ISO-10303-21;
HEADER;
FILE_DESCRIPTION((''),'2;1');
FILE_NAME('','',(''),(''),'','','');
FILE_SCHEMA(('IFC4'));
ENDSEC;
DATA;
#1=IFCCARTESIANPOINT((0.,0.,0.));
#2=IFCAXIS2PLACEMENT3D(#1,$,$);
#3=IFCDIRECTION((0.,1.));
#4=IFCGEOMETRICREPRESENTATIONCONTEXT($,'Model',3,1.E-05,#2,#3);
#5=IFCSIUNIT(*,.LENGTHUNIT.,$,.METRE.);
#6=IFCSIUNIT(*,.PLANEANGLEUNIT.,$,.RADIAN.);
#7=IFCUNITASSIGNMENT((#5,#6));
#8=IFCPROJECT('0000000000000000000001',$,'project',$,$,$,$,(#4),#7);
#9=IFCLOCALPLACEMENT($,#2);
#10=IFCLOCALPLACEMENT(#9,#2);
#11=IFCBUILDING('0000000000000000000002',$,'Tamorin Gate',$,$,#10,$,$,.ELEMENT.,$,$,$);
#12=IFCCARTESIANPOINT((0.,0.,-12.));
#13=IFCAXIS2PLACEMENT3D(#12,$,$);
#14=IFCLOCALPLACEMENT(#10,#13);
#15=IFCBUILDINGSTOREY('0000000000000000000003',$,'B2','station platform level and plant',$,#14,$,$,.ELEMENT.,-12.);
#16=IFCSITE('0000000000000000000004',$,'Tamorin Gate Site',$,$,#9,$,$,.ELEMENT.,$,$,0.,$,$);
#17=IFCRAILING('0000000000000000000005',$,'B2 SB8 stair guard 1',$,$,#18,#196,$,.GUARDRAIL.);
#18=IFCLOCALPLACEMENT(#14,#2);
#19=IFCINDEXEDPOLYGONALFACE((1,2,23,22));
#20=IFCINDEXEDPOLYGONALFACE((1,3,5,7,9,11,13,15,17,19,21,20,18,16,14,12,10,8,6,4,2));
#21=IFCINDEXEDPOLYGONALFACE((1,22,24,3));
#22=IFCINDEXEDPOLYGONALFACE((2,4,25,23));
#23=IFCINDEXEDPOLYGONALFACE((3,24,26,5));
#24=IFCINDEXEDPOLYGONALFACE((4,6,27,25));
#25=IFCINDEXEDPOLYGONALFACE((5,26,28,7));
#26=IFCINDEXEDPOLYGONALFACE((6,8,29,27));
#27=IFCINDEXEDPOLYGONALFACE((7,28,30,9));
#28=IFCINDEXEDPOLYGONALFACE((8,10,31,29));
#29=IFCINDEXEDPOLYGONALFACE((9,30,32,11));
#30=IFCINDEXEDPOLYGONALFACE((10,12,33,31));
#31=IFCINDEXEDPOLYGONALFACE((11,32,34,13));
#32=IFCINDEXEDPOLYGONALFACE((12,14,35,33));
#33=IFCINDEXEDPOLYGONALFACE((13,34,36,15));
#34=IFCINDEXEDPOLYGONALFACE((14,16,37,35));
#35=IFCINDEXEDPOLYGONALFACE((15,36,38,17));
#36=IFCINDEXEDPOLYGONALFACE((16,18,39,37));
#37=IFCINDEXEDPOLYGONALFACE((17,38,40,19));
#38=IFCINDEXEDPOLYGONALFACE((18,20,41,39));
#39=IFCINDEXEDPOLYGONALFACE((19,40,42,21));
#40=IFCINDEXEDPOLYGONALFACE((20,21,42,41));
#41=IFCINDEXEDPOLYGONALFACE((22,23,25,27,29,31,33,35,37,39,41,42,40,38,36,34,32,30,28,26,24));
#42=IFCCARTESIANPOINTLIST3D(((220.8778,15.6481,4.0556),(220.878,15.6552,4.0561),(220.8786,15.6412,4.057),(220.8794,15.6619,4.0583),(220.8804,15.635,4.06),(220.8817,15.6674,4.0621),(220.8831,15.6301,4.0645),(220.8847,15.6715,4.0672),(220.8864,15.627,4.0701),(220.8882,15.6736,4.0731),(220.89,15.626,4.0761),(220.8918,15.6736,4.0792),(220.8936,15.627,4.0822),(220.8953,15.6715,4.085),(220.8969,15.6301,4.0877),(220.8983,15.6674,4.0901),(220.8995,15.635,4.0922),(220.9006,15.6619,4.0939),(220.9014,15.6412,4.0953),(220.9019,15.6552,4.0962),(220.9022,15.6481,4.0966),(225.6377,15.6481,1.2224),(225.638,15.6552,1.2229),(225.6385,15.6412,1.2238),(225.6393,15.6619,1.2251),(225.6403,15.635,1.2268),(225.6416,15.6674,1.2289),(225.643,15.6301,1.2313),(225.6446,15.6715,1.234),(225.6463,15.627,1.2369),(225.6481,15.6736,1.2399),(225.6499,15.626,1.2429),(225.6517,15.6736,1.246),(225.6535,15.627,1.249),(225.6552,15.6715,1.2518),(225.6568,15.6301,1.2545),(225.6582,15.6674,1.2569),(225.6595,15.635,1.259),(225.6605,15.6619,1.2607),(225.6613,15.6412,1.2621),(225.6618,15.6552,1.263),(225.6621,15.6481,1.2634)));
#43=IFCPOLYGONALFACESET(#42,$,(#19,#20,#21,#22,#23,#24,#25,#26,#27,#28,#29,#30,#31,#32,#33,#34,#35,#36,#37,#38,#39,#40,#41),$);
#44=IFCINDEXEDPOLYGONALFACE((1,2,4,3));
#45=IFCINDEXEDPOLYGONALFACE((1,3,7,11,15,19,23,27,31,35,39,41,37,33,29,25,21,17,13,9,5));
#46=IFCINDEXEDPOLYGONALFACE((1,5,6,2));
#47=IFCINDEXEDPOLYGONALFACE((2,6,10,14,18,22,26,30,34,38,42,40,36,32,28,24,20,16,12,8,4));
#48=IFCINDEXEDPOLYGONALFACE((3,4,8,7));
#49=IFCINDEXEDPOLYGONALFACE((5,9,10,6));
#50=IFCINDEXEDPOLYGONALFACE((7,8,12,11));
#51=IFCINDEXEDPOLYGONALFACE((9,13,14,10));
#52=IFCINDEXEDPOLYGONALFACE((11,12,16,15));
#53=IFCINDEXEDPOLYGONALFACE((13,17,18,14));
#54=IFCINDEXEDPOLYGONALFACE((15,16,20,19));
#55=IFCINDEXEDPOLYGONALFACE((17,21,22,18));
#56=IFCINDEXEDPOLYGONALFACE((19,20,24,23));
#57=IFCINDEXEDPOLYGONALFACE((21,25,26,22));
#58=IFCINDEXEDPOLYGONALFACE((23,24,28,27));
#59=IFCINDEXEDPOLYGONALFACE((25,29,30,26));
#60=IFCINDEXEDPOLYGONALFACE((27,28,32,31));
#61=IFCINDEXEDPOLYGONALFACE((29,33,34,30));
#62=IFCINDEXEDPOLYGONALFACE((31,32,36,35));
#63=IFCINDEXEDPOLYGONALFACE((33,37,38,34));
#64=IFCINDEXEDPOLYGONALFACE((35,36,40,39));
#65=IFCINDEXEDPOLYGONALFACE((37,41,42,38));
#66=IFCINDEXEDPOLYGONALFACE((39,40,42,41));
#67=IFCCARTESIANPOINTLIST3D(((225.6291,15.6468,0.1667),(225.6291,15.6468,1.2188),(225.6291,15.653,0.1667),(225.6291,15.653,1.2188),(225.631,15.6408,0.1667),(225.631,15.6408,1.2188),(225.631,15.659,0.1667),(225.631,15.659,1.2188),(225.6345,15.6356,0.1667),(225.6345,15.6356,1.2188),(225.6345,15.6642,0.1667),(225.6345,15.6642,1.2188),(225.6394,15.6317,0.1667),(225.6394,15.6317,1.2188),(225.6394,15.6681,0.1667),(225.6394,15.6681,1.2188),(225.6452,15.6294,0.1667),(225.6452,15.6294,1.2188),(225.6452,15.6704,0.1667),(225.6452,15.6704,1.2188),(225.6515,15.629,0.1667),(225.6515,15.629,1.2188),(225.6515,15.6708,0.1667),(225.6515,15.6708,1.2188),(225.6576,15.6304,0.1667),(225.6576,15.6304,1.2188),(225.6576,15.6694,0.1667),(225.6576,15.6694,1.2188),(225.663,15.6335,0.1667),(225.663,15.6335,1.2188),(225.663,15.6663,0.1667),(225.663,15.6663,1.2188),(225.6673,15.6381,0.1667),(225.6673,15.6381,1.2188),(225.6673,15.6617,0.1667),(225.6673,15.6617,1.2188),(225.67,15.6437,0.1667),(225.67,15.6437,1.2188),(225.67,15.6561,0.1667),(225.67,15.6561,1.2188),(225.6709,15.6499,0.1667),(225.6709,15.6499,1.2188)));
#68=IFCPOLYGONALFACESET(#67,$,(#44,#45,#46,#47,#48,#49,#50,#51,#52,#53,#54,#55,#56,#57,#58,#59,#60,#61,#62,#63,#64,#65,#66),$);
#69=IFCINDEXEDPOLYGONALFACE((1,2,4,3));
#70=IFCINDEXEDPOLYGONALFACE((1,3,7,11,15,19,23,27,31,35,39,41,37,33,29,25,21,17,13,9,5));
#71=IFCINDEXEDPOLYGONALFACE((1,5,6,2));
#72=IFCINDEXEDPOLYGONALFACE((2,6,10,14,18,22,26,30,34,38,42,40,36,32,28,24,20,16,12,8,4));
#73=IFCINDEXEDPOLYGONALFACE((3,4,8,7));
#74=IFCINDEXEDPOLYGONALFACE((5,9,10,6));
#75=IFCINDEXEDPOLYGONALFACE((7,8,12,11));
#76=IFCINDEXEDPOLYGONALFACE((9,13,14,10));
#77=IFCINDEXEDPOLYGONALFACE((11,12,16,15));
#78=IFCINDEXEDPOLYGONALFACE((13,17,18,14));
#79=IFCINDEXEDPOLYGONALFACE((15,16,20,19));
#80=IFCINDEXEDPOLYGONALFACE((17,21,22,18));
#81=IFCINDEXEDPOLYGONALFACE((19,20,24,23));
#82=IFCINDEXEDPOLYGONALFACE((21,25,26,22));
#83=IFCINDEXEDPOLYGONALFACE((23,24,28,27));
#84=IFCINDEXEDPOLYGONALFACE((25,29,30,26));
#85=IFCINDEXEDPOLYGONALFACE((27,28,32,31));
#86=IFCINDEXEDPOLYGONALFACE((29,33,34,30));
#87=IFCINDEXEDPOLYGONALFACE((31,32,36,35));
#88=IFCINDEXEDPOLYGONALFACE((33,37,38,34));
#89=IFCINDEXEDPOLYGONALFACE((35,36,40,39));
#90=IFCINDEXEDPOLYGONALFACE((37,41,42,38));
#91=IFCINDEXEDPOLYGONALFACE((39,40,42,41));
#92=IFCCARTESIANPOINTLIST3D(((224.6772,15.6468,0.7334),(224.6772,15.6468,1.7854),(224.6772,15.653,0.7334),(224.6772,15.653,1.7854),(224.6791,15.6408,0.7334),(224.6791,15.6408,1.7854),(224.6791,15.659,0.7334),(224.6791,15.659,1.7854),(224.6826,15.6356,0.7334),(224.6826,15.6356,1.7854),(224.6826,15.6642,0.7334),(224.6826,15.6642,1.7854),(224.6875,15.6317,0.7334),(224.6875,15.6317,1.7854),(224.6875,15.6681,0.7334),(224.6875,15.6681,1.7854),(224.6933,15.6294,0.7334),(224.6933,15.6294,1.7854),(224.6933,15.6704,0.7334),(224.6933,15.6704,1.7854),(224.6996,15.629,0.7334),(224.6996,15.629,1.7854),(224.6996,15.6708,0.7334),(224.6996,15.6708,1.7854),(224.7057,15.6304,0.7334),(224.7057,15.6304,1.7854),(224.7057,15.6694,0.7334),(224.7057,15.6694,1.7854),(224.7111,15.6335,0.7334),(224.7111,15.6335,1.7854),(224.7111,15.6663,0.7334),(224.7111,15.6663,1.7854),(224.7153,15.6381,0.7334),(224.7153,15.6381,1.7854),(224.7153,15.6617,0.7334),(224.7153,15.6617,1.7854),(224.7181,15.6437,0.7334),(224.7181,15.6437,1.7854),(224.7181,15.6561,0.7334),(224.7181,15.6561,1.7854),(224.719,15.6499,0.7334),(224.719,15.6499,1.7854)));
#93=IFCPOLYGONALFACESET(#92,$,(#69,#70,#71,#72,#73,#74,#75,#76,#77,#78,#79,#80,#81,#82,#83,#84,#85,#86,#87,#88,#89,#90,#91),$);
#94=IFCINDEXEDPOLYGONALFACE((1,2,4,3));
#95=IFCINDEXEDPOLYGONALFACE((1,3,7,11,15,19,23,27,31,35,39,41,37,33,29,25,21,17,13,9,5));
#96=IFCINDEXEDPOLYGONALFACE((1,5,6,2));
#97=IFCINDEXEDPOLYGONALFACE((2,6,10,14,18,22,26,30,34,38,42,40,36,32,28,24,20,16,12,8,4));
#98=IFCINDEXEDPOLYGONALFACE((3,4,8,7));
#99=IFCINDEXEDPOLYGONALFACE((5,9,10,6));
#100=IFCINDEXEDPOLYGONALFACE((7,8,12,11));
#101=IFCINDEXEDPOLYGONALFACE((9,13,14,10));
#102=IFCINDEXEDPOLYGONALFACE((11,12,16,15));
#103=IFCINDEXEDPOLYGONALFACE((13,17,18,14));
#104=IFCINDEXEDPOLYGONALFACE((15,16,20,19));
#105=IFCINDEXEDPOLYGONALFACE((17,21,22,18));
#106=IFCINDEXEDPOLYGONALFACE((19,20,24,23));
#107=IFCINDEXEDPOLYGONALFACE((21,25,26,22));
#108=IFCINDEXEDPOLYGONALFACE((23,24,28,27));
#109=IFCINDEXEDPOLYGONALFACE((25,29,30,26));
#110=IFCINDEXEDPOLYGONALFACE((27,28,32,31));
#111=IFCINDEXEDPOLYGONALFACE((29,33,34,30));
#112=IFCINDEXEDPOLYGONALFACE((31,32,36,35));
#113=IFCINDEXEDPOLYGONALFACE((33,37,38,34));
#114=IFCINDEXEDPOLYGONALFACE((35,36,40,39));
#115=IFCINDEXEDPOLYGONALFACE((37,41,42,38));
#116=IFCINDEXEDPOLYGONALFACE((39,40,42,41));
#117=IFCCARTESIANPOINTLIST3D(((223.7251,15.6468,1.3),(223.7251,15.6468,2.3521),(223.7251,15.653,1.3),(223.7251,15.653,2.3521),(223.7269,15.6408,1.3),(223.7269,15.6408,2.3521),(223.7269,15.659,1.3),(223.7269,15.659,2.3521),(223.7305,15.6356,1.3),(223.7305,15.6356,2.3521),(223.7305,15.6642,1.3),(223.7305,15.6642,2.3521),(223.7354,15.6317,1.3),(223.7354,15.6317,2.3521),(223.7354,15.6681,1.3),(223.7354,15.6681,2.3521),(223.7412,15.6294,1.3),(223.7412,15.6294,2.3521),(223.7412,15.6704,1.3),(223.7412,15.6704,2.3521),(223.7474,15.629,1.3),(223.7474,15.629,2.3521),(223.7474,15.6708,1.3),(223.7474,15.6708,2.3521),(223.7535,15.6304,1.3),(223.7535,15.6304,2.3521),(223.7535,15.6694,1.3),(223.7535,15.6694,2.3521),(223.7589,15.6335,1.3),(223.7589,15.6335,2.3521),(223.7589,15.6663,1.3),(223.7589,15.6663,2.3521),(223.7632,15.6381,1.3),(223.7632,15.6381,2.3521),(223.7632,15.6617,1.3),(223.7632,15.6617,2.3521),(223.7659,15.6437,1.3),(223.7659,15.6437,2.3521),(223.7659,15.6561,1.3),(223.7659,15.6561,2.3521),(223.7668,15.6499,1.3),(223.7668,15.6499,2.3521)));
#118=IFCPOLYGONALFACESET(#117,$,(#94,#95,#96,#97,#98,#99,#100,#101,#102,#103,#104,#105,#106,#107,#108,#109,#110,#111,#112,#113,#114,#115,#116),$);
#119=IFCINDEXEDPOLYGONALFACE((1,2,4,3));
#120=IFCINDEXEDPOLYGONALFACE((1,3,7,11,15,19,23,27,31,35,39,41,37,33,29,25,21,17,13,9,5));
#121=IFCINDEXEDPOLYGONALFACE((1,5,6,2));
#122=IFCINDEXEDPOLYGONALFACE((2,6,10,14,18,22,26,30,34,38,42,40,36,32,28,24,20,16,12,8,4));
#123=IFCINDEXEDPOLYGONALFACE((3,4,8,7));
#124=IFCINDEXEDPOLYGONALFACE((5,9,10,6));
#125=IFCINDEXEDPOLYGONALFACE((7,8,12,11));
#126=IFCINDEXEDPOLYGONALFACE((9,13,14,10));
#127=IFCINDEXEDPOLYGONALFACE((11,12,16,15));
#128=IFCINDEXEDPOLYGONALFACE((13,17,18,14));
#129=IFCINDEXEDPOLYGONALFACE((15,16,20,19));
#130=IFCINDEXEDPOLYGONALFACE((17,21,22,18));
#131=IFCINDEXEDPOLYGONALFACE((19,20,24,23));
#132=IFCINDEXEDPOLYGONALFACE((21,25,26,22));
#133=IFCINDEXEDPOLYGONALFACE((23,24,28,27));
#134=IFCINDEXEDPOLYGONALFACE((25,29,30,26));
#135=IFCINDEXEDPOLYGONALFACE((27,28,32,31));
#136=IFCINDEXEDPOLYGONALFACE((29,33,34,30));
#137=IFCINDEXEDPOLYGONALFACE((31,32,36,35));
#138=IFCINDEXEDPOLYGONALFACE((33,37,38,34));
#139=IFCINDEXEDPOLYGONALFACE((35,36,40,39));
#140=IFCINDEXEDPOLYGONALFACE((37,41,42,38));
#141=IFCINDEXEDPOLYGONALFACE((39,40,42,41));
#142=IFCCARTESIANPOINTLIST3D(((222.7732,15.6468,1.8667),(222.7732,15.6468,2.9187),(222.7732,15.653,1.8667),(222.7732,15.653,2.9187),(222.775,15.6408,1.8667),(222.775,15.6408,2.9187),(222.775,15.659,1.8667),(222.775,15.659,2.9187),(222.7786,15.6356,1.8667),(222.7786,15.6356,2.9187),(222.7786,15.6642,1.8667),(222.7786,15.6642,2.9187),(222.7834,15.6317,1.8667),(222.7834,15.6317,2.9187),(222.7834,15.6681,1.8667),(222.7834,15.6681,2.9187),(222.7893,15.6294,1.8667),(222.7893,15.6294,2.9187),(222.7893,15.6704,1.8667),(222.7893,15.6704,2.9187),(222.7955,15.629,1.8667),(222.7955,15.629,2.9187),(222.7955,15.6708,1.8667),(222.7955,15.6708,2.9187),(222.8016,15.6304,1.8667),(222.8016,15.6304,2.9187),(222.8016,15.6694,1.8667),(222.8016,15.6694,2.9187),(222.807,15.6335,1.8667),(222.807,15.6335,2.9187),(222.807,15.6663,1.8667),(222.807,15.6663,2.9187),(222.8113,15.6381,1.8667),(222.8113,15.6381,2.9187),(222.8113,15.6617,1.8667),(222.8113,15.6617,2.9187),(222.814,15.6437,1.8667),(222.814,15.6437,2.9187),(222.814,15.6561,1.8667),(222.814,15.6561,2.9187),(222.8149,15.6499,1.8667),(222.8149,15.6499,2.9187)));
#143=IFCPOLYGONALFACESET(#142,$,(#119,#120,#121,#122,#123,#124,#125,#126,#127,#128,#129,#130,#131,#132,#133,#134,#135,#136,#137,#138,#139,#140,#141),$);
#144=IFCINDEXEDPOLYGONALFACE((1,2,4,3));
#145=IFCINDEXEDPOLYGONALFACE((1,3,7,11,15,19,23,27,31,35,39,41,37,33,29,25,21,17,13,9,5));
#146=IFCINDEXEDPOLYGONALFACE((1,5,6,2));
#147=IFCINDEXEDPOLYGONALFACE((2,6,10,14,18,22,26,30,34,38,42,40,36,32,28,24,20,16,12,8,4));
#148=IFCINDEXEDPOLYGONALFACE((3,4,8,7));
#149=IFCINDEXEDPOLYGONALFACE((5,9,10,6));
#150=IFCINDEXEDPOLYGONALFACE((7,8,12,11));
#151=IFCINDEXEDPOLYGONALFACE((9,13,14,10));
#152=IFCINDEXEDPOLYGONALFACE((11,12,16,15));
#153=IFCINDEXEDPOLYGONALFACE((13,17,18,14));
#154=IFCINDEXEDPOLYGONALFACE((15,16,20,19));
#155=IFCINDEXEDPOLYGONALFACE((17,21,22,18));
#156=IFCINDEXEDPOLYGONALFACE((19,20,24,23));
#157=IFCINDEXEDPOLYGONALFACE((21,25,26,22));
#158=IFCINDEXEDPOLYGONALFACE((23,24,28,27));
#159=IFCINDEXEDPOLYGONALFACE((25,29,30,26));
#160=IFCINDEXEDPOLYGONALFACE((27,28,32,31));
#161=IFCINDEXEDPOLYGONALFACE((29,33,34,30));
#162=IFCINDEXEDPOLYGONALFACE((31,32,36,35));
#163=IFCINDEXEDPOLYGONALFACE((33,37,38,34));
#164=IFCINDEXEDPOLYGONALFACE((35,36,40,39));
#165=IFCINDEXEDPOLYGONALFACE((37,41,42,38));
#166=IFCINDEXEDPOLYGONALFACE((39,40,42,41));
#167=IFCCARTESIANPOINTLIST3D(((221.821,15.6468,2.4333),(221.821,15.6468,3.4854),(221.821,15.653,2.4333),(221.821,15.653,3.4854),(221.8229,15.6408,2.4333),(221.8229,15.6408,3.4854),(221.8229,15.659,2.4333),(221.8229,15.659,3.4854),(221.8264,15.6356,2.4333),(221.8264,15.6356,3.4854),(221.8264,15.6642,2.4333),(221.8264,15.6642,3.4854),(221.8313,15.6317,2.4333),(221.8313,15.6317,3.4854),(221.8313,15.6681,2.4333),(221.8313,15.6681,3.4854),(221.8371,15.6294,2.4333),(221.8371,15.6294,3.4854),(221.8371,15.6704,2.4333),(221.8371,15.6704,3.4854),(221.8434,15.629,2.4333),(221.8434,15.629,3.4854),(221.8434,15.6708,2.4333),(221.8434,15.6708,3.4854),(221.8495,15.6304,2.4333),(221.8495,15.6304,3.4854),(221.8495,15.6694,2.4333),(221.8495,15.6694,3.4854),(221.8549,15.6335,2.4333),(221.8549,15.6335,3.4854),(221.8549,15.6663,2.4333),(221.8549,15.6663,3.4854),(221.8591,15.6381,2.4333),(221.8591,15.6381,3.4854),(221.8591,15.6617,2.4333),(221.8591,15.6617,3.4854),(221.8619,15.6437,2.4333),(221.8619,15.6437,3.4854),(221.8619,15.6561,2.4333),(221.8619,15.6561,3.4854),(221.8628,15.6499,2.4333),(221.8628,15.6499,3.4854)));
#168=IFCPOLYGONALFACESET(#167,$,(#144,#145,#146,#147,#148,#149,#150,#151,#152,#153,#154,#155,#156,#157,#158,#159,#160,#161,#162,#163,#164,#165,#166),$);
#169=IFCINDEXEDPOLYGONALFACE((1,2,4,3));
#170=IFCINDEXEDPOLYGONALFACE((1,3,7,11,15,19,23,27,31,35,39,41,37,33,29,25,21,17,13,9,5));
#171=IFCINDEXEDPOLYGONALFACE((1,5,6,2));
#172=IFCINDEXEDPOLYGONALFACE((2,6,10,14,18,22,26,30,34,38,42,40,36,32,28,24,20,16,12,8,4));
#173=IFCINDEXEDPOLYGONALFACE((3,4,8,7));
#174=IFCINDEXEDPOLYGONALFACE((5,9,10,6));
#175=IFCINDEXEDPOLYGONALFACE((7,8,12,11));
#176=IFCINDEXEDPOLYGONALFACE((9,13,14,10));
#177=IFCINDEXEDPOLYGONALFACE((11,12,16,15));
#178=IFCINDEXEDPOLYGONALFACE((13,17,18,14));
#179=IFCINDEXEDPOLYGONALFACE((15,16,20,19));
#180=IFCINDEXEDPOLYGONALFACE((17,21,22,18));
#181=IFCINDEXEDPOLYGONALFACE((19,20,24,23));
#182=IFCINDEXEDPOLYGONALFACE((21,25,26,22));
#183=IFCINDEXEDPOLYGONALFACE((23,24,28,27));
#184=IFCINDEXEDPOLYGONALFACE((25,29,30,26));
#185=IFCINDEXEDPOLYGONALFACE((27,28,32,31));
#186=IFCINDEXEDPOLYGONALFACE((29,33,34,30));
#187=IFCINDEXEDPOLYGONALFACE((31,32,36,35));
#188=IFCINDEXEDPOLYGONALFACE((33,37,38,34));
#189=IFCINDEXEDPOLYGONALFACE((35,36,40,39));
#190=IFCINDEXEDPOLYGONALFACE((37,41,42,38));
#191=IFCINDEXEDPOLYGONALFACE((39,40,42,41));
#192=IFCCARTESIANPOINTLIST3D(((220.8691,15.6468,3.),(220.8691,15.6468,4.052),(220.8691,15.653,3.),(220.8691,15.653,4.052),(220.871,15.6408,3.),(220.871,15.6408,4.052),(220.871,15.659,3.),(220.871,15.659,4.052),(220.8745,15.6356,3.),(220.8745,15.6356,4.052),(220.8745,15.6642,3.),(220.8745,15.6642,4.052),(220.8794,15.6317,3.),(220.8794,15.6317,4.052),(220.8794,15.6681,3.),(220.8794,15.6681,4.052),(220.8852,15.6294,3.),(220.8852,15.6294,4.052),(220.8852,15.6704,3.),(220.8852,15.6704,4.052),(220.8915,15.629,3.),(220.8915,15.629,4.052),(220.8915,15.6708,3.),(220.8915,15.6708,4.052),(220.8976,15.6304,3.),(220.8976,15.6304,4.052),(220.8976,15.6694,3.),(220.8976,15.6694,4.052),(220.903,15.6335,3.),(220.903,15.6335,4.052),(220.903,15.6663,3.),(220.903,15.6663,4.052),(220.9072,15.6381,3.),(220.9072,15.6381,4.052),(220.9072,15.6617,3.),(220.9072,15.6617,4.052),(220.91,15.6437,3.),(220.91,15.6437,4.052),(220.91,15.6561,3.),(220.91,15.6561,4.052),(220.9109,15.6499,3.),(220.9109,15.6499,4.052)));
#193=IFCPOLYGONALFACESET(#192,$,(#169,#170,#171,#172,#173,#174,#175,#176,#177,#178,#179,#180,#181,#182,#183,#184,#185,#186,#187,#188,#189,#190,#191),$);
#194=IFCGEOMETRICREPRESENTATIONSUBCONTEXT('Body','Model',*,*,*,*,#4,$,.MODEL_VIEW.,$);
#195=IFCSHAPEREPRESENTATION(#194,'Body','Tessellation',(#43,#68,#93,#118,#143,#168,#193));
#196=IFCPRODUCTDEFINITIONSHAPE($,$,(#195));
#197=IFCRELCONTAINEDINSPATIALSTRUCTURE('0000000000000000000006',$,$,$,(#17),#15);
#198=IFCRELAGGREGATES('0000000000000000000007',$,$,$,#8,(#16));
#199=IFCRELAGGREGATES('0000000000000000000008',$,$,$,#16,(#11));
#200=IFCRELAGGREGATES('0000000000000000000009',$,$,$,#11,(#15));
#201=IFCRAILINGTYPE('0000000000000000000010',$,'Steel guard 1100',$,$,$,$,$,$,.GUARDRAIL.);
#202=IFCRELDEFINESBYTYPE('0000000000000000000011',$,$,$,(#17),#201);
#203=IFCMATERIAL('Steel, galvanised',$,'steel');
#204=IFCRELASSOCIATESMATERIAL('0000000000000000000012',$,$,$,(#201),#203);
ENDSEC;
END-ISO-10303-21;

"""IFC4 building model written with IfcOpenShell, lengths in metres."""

from ifc_helpers import new_model, si_unit, direction, frame, origin, origin_2d, place, context, subcontext, project, spatial, circle, extrude, material, type_object, element, save


model = new_model("IFC4")

# Units and contexts
model_context = context("Model", 3, precision=1e-05, world=origin(), true_north=direction((0.0, 1.0)))
body_context = subcontext(model_context, "Body", "Model", "MODEL_VIEW")
ifc_project = project(units=[si_unit("LENGTHUNIT", "METRE"), si_unit("PLANEANGLEUNIT", "RADIAN")], contexts=[model_context])

# Site, building, storey
site_placement = place(None, origin())
site = spatial("IfcSite", under=ifc_project, at=site_placement, Name="Tamorin Gate Site", CompositionType="ELEMENT", RefElevation=0.0)
building_placement = place(site_placement, origin())
building = spatial("IfcBuilding", under=site, at=building_placement, Name="Tamorin Gate", CompositionType="ELEMENT")
storey_placement = place(building_placement, frame((0.0, 0.0, -12.0)))
storey = spatial("IfcBuildingStorey", under=building, at=storey_placement, Name="B2", Description="station platform level and plant", CompositionType="ELEMENT", Elevation=-12.0)

# Railing
ifc_material_1 = material(Name="Steel, galvanised", Category="steel")
railing_type_1 = type_object("IfcRailingType", Name="Steel guard 1100", PredefinedType="GUARDRAIL", material=ifc_material_1)
railing_1_placement = place(storey_placement, frame((225.6499, 15.6499, 0.1667)))
element("IfcRailing", 1, at=railing_1_placement, inside=storey, type_object=railing_type_1, Name="B2 SB8 stair guard 1", PredefinedType="GUARDRAIL", context=body_context, shape_type="SweptSolid", body=[
    extrude(circle(Radius=0.0239, at=origin_2d()), frame((0.0, 0.0, 1.0762), z_axis=(-0.8593, 0.0, 0.511472), x_axis=(0.0, -1.0, 0.0)), (0.0, 0.0, 1.0), 5.5393),
    extrude(circle(Radius=0.021, at=origin_2d()), origin(), (0.0, 0.0, 1.0), 1.052),
    extrude(circle(Radius=0.021, at=origin_2d()), frame((-0.9519, 0.0, 0.5667)), (0.0, 0.0, 1.0), 1.052),
    extrude(circle(Radius=0.021, at=origin_2d()), frame((-1.9041, 0.0, 1.1333)), (0.0, 0.0, 1.0), 1.052),
    extrude(circle(Radius=0.021, at=origin_2d()), frame((-2.856, 0.0, 1.7)), (0.0, 0.0, 1.0), 1.052),
    extrude(circle(Radius=0.021, at=origin_2d()), frame((-3.8081, 0.0, 2.2666)), (0.0, 0.0, 1.0), 1.052),
    extrude(circle(Radius=0.021, at=origin_2d()), frame((-4.76, 0.0, 2.8333)), (0.0, 0.0, 1.0), 1.052),
])

save(model, "model.ifc")
